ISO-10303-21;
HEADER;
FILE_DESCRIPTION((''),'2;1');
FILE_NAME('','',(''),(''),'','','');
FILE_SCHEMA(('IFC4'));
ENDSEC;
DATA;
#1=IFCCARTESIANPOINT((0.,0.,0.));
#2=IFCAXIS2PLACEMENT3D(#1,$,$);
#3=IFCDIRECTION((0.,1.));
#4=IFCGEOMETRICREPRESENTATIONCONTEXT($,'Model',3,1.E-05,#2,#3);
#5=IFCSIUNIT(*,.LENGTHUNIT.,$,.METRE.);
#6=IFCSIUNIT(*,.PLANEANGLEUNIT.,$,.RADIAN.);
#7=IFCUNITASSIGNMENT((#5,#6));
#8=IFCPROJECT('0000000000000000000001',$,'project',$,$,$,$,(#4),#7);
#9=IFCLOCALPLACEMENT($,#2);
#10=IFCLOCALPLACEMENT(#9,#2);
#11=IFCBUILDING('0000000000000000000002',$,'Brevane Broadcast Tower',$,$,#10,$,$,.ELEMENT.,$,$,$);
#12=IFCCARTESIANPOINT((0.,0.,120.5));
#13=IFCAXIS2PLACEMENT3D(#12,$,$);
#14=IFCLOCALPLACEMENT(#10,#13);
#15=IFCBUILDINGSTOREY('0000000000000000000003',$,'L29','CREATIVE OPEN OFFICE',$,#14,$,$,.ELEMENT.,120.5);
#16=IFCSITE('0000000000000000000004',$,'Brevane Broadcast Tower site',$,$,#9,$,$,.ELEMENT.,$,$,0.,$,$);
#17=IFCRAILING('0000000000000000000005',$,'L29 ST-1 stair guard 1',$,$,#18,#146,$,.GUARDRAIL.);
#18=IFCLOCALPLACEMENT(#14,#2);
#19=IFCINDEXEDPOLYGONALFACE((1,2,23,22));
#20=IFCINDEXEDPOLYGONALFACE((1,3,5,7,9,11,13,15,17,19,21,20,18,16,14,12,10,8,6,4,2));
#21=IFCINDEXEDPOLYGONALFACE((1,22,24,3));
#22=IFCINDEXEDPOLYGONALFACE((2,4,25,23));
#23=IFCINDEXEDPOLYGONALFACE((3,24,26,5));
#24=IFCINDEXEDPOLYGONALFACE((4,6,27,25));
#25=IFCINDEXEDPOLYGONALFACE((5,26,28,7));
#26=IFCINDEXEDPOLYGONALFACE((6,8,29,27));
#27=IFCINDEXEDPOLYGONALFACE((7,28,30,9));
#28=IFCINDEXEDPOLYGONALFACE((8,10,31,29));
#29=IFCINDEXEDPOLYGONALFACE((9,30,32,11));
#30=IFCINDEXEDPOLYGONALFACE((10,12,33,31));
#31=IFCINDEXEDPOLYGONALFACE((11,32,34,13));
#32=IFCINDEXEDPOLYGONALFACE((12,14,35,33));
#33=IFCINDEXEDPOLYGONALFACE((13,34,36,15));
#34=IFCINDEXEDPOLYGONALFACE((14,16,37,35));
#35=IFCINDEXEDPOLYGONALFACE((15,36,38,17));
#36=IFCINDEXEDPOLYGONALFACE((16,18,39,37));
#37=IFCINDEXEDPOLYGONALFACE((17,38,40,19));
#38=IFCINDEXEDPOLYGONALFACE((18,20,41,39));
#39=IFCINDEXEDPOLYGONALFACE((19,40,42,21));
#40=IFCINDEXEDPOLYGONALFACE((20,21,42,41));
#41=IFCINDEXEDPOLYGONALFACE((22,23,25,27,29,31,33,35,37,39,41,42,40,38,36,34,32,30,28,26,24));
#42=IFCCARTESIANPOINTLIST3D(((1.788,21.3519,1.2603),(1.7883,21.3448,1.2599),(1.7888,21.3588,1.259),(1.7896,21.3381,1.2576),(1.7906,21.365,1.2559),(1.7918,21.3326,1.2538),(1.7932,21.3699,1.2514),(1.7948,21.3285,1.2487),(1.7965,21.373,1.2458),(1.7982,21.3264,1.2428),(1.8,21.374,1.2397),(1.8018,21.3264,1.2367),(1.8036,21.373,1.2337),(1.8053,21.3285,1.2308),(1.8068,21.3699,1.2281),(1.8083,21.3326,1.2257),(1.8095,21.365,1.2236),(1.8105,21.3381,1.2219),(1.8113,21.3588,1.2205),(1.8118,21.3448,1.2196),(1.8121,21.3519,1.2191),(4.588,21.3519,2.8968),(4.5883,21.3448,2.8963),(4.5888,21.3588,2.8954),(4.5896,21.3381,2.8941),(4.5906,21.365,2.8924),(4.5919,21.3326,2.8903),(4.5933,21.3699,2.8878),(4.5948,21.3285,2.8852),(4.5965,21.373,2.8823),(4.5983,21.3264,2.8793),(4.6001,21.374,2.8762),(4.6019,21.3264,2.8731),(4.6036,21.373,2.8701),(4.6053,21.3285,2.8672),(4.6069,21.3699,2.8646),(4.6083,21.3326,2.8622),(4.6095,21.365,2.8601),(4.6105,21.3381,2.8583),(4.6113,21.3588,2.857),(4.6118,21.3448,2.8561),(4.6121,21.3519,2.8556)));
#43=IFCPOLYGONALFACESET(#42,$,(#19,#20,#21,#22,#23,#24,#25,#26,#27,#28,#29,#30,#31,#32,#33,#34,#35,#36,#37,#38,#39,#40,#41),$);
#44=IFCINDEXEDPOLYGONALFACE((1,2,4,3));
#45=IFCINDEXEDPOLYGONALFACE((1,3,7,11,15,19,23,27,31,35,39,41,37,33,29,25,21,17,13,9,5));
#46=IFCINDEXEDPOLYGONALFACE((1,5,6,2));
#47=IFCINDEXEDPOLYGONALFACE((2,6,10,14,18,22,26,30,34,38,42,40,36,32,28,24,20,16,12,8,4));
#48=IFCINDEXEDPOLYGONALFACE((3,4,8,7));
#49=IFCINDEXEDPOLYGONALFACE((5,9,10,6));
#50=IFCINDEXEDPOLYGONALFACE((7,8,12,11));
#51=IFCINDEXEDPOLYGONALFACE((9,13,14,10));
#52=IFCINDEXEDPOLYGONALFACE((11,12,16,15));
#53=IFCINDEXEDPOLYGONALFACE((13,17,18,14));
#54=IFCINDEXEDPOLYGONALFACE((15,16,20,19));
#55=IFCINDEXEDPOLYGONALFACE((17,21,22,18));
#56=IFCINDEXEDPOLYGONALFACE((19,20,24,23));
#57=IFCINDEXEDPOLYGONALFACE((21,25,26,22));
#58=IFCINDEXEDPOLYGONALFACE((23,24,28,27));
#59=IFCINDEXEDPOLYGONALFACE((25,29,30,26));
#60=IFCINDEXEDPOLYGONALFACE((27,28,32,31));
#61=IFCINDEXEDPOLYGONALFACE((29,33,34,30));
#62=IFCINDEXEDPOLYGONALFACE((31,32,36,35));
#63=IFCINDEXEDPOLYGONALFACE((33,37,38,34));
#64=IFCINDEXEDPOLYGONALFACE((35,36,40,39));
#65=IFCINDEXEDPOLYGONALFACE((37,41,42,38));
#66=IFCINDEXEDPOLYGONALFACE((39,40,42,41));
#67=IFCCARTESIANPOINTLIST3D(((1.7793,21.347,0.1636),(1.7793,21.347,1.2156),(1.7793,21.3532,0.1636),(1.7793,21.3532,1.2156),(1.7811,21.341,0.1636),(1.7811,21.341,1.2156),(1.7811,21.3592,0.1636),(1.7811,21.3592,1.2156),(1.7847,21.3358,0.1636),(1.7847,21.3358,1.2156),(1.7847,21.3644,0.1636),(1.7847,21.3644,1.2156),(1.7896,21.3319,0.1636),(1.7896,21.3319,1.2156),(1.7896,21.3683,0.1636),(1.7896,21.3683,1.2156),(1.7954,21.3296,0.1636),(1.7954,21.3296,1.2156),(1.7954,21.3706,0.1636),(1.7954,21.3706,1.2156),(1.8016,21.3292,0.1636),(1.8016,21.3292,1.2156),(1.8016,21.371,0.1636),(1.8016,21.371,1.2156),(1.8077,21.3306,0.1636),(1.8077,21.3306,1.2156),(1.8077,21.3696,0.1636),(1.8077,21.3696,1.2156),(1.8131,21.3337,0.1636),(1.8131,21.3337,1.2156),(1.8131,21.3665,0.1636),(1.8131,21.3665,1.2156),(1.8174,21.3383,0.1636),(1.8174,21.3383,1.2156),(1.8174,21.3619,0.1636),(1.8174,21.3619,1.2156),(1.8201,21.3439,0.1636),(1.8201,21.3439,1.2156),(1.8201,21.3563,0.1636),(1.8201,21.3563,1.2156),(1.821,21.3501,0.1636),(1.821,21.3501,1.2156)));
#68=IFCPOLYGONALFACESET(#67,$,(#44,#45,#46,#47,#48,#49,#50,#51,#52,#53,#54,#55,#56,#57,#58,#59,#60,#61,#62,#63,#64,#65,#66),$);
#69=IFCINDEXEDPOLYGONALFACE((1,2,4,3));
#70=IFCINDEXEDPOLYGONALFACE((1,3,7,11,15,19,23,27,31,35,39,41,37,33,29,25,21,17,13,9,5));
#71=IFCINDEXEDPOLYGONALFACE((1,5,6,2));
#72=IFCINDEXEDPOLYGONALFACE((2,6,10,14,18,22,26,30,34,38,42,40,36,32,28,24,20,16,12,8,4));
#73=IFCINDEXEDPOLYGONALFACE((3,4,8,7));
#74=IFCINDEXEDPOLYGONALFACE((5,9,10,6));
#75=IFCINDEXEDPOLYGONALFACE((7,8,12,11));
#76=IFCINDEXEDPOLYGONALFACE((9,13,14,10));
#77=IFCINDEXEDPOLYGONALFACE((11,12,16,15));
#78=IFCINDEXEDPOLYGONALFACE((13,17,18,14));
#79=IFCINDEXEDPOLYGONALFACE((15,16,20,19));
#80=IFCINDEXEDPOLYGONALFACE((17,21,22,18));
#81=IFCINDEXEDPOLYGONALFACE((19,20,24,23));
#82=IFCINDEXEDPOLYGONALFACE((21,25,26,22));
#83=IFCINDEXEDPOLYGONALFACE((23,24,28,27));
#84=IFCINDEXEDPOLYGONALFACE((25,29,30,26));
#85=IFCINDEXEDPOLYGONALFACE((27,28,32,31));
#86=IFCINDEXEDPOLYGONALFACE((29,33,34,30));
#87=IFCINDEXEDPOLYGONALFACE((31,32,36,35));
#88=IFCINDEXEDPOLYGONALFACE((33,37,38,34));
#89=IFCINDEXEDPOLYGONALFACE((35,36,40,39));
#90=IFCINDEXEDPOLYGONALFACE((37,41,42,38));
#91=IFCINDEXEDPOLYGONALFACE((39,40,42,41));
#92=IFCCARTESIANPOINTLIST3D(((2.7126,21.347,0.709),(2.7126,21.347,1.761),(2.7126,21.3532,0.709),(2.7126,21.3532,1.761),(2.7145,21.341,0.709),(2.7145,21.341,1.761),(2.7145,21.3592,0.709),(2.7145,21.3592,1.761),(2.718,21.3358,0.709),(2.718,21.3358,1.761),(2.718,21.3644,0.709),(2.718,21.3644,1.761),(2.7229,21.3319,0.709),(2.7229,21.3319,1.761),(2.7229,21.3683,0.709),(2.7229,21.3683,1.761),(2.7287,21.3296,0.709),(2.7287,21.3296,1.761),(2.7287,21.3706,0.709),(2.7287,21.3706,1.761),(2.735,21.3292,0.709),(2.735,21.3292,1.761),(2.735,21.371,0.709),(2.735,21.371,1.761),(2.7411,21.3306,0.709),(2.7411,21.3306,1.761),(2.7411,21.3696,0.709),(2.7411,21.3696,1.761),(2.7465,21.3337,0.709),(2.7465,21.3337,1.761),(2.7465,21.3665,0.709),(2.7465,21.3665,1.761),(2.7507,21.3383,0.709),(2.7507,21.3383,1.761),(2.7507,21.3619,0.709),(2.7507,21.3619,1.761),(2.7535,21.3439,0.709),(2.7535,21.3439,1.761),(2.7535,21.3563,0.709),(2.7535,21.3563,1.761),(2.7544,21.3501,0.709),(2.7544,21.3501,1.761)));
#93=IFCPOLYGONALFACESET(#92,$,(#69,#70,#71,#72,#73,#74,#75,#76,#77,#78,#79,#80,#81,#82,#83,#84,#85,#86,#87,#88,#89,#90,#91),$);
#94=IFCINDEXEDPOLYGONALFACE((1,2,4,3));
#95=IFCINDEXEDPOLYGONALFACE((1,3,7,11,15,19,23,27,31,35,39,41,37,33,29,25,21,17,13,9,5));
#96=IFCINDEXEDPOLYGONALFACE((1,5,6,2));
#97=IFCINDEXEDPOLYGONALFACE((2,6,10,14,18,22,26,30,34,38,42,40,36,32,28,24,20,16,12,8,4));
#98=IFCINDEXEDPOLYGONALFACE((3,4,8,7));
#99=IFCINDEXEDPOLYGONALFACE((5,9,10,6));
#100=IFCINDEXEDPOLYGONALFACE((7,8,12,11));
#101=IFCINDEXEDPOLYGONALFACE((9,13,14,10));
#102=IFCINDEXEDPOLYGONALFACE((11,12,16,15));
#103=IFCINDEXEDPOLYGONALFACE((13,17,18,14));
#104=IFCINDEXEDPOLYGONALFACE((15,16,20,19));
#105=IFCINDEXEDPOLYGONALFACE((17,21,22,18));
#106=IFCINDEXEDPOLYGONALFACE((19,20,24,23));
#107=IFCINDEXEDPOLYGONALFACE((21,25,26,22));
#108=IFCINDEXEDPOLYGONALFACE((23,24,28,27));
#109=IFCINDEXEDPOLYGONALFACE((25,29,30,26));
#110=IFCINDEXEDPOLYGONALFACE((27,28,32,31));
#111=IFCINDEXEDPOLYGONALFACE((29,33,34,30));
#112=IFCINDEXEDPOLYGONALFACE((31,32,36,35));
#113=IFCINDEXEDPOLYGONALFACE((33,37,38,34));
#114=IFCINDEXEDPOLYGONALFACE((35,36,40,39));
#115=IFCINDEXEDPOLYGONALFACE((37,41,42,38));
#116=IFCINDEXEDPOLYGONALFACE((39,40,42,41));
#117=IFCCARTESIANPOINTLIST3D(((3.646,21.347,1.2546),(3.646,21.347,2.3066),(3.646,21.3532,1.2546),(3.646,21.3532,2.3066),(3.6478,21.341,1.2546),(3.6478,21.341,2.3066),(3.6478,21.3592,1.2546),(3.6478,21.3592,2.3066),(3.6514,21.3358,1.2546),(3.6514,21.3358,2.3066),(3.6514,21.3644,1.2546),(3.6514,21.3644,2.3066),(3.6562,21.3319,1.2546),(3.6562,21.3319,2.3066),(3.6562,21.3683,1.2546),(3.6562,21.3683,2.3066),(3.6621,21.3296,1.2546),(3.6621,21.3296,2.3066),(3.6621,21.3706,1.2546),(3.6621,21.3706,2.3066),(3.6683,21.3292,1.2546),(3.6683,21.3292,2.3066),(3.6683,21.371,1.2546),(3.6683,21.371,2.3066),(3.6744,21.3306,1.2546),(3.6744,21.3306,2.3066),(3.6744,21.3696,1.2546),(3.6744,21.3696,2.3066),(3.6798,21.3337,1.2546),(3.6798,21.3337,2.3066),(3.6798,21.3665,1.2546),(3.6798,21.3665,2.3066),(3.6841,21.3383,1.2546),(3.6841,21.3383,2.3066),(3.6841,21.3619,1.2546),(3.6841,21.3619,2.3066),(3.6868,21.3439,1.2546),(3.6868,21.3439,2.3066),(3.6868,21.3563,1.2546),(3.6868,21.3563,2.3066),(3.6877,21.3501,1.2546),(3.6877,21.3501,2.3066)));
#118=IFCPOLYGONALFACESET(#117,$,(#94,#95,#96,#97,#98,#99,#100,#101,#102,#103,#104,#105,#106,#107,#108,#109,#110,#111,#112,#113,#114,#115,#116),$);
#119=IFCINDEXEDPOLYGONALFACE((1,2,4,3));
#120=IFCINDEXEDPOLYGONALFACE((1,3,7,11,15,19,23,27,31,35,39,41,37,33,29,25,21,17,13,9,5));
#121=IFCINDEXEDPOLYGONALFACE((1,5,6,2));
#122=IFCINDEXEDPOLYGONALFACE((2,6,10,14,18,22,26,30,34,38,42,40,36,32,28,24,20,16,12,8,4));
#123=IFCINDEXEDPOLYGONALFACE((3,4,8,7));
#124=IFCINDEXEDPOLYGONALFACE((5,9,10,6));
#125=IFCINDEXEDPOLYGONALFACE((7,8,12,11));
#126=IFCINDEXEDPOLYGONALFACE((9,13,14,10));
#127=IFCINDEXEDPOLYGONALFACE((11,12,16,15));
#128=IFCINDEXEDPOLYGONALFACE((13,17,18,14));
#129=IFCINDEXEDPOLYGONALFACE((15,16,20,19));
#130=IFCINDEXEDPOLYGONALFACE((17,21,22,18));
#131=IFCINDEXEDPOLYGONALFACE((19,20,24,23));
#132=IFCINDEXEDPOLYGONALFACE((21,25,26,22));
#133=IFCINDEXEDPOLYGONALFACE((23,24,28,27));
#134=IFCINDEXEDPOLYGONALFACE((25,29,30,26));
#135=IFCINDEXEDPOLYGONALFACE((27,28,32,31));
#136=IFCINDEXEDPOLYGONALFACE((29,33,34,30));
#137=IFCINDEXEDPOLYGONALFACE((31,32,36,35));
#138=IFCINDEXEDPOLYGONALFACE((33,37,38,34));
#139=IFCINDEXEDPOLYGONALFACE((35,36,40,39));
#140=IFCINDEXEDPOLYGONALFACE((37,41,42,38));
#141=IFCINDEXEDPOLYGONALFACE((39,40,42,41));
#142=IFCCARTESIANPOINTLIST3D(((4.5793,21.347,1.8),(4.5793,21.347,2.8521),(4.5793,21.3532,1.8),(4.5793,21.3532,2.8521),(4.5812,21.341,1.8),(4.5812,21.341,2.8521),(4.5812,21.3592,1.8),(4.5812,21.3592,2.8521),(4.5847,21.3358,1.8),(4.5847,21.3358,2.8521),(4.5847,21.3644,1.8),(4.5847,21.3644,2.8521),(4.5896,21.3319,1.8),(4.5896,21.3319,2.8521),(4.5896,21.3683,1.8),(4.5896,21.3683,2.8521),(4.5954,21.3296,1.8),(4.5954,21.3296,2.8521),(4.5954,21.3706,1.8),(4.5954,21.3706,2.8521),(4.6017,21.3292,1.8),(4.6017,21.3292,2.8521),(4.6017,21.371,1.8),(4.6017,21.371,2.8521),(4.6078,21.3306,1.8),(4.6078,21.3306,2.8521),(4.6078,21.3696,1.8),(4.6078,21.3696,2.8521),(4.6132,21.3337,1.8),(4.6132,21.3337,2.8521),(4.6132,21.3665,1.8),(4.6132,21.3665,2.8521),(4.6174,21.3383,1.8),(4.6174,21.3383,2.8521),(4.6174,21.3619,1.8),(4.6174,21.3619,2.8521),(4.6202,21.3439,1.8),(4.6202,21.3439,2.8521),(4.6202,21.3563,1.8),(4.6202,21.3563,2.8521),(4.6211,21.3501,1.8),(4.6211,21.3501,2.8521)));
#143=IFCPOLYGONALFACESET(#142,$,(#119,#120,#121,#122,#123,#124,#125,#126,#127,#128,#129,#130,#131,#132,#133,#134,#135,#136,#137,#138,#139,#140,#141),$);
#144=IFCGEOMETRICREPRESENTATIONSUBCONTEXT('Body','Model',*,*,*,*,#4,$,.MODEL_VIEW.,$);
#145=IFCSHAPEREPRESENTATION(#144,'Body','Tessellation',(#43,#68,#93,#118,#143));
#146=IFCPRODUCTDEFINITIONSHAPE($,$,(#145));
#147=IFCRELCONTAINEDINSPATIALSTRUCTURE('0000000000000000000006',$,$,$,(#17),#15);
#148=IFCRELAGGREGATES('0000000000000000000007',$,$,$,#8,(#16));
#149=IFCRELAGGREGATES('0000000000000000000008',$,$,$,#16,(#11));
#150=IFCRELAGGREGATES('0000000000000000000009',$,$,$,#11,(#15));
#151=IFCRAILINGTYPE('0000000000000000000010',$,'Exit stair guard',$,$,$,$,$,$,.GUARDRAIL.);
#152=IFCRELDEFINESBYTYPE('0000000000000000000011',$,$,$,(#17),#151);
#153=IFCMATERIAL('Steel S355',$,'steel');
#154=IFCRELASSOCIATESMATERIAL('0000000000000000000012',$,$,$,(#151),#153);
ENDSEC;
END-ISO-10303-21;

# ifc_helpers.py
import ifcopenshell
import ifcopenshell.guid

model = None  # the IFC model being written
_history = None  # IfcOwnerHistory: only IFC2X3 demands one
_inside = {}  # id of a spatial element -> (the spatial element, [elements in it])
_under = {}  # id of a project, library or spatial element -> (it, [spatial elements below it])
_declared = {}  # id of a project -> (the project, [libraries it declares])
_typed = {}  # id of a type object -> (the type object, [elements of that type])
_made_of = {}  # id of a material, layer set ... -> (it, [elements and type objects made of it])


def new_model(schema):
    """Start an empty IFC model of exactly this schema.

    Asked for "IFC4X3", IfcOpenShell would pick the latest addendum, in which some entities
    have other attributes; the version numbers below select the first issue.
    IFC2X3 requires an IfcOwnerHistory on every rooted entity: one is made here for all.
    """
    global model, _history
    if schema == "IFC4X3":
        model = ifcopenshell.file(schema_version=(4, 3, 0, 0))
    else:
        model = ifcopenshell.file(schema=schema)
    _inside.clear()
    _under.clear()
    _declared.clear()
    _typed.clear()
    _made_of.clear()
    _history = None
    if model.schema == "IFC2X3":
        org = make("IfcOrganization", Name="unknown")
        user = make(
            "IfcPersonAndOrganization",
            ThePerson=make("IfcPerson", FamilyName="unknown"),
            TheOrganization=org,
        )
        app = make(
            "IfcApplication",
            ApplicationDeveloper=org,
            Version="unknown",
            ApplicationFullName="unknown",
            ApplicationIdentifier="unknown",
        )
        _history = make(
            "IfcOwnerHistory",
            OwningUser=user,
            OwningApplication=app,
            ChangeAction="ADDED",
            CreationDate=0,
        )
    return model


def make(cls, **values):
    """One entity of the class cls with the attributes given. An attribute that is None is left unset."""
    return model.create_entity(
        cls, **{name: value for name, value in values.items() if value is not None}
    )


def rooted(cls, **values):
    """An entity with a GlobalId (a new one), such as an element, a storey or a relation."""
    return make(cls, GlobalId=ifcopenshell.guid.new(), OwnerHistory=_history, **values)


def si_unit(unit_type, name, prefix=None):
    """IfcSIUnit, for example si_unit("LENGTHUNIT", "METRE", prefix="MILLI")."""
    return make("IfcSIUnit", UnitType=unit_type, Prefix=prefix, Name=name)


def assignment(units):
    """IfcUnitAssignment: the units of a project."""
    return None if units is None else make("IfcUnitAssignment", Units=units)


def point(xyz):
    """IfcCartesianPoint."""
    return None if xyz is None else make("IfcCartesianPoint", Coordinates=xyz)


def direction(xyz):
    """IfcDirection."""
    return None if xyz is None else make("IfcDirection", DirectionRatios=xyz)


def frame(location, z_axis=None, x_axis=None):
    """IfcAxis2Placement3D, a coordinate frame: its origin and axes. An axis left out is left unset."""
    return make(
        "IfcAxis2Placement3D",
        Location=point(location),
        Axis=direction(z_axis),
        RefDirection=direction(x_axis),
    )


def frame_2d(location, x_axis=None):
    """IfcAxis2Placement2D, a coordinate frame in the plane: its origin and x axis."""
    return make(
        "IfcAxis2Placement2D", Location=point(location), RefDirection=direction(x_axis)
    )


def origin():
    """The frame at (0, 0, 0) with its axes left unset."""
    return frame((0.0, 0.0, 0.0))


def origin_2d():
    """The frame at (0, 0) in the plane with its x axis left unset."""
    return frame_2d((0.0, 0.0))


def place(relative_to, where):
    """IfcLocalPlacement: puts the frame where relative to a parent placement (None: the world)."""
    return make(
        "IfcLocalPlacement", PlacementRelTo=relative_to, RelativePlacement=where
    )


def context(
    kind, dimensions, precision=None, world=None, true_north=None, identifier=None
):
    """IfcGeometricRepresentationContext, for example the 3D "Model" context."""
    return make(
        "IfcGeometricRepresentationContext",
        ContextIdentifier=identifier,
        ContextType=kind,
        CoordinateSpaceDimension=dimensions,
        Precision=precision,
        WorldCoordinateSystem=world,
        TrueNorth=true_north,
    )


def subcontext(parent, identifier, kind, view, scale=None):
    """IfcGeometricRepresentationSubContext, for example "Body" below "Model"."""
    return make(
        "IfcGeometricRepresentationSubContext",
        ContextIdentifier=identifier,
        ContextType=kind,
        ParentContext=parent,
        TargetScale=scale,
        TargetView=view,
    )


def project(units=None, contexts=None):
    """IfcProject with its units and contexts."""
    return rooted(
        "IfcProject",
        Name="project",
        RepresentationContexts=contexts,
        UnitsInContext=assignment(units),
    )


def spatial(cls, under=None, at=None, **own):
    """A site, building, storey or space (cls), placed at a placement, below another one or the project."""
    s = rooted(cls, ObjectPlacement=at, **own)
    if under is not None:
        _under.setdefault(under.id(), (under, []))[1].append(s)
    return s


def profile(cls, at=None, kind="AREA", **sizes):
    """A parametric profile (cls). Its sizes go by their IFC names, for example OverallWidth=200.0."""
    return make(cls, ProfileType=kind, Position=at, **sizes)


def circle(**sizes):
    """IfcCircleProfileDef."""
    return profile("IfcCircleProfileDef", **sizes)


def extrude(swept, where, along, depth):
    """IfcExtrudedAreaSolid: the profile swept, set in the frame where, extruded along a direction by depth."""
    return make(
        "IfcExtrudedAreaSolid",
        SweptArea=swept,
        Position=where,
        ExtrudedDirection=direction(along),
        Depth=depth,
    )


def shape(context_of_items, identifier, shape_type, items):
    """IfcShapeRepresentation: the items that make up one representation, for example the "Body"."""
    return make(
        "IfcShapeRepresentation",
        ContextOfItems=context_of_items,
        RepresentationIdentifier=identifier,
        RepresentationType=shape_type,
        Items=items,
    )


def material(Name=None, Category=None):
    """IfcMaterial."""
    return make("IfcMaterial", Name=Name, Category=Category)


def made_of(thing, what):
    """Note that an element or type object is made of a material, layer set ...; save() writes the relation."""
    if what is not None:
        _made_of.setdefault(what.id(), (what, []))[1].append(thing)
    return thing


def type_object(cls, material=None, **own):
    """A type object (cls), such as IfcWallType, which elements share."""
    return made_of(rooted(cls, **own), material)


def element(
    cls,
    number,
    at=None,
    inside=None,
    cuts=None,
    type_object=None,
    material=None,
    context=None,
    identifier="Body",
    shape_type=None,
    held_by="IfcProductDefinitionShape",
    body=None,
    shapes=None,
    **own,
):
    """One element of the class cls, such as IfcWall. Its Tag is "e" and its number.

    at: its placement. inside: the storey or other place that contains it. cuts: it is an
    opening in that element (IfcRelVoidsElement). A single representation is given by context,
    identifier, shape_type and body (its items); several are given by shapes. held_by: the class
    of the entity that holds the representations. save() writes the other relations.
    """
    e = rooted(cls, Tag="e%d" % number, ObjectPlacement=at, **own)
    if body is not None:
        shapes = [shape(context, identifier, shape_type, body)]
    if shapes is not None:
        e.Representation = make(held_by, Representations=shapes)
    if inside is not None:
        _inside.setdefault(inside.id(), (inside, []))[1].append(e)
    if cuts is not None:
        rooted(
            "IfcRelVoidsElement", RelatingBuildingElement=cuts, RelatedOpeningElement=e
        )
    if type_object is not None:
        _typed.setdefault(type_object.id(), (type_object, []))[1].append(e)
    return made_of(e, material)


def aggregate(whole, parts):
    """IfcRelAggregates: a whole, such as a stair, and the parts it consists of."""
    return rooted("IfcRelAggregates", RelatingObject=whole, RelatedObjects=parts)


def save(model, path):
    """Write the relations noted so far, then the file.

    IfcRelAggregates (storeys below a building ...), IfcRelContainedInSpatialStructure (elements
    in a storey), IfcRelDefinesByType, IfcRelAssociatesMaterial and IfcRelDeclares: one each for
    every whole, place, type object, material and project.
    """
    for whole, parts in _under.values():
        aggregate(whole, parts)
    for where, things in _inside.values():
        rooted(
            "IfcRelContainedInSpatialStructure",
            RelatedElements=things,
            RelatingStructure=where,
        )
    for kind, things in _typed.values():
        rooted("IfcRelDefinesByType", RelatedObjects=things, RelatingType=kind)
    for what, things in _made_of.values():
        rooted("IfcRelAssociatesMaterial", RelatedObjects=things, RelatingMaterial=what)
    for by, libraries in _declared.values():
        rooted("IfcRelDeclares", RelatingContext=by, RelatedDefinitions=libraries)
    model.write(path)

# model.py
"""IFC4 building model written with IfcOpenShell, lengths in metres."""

from ifc_helpers import new_model, si_unit, direction, frame, origin, origin_2d, place, context, subcontext, project, spatial, circle, extrude, material, type_object, element, save


model = new_model("IFC4")

# Units and contexts
model_context = context("Model", 3, precision=1e-05, world=origin(), true_north=direction((0.0, 1.0)))
body_context = subcontext(model_context, "Body", "Model", "MODEL_VIEW")
ifc_project = project(units=[si_unit("LENGTHUNIT", "METRE"), si_unit("PLANEANGLEUNIT", "RADIAN")], contexts=[model_context])

# Site, building, storey
site_placement = place(None, origin())
site = spatial("IfcSite", under=ifc_project, at=site_placement, Name="Brevane Broadcast Tower site", CompositionType="ELEMENT", RefElevation=0.0)
building_placement = place(site_placement, origin())
building = spatial("IfcBuilding", under=site, at=building_placement, Name="Brevane Broadcast Tower", CompositionType="ELEMENT")
storey_placement = place(building_placement, frame((0.0, 0.0, 120.5)))
storey = spatial("IfcBuildingStorey", under=building, at=storey_placement, Name="L29", Description="CREATIVE OPEN OFFICE", CompositionType="ELEMENT", Elevation=120.5)

# Railing
ifc_material_1 = material(Name="Steel S355", Category="steel")
railing_type_1 = type_object("IfcRailingType", Name="Exit stair guard", PredefinedType="GUARDRAIL", material=ifc_material_1)
railing_1_placement = place(storey_placement, frame((1.8, 21.3501, 0.1636)))
element("IfcRailing", 1, at=railing_1_placement, inside=storey, type_object=railing_type_1, Name="L29 ST-1 stair guard 1", PredefinedType="GUARDRAIL", context=body_context, shape_type="SweptSolid", body=[
    extrude(circle(Radius=0.0239, at=origin_2d()), frame((0.0, 0.0, 1.0762), z_axis=(0.863361, 0.0, 0.504587), x_axis=(0.0, 1.0, 0.0)), (0.0, 0.0, 1.0), 3.2432),
    extrude(circle(Radius=0.021, at=origin_2d()), origin(), (0.0, 0.0, 1.0), 1.052),
    extrude(circle(Radius=0.021, at=origin_2d()), frame((0.9333, 0.0, 0.5454)), (0.0, 0.0, 1.0), 1.052),
    extrude(circle(Radius=0.021, at=origin_2d()), frame((1.8667, 0.0, 1.0911)), (0.0, 0.0, 1.0), 1.052),
    extrude(circle(Radius=0.021, at=origin_2d()), frame((2.8, 0.0, 1.6365)), (0.0, 0.0, 1.0), 1.052),
])

save(model, "model.ifc")
